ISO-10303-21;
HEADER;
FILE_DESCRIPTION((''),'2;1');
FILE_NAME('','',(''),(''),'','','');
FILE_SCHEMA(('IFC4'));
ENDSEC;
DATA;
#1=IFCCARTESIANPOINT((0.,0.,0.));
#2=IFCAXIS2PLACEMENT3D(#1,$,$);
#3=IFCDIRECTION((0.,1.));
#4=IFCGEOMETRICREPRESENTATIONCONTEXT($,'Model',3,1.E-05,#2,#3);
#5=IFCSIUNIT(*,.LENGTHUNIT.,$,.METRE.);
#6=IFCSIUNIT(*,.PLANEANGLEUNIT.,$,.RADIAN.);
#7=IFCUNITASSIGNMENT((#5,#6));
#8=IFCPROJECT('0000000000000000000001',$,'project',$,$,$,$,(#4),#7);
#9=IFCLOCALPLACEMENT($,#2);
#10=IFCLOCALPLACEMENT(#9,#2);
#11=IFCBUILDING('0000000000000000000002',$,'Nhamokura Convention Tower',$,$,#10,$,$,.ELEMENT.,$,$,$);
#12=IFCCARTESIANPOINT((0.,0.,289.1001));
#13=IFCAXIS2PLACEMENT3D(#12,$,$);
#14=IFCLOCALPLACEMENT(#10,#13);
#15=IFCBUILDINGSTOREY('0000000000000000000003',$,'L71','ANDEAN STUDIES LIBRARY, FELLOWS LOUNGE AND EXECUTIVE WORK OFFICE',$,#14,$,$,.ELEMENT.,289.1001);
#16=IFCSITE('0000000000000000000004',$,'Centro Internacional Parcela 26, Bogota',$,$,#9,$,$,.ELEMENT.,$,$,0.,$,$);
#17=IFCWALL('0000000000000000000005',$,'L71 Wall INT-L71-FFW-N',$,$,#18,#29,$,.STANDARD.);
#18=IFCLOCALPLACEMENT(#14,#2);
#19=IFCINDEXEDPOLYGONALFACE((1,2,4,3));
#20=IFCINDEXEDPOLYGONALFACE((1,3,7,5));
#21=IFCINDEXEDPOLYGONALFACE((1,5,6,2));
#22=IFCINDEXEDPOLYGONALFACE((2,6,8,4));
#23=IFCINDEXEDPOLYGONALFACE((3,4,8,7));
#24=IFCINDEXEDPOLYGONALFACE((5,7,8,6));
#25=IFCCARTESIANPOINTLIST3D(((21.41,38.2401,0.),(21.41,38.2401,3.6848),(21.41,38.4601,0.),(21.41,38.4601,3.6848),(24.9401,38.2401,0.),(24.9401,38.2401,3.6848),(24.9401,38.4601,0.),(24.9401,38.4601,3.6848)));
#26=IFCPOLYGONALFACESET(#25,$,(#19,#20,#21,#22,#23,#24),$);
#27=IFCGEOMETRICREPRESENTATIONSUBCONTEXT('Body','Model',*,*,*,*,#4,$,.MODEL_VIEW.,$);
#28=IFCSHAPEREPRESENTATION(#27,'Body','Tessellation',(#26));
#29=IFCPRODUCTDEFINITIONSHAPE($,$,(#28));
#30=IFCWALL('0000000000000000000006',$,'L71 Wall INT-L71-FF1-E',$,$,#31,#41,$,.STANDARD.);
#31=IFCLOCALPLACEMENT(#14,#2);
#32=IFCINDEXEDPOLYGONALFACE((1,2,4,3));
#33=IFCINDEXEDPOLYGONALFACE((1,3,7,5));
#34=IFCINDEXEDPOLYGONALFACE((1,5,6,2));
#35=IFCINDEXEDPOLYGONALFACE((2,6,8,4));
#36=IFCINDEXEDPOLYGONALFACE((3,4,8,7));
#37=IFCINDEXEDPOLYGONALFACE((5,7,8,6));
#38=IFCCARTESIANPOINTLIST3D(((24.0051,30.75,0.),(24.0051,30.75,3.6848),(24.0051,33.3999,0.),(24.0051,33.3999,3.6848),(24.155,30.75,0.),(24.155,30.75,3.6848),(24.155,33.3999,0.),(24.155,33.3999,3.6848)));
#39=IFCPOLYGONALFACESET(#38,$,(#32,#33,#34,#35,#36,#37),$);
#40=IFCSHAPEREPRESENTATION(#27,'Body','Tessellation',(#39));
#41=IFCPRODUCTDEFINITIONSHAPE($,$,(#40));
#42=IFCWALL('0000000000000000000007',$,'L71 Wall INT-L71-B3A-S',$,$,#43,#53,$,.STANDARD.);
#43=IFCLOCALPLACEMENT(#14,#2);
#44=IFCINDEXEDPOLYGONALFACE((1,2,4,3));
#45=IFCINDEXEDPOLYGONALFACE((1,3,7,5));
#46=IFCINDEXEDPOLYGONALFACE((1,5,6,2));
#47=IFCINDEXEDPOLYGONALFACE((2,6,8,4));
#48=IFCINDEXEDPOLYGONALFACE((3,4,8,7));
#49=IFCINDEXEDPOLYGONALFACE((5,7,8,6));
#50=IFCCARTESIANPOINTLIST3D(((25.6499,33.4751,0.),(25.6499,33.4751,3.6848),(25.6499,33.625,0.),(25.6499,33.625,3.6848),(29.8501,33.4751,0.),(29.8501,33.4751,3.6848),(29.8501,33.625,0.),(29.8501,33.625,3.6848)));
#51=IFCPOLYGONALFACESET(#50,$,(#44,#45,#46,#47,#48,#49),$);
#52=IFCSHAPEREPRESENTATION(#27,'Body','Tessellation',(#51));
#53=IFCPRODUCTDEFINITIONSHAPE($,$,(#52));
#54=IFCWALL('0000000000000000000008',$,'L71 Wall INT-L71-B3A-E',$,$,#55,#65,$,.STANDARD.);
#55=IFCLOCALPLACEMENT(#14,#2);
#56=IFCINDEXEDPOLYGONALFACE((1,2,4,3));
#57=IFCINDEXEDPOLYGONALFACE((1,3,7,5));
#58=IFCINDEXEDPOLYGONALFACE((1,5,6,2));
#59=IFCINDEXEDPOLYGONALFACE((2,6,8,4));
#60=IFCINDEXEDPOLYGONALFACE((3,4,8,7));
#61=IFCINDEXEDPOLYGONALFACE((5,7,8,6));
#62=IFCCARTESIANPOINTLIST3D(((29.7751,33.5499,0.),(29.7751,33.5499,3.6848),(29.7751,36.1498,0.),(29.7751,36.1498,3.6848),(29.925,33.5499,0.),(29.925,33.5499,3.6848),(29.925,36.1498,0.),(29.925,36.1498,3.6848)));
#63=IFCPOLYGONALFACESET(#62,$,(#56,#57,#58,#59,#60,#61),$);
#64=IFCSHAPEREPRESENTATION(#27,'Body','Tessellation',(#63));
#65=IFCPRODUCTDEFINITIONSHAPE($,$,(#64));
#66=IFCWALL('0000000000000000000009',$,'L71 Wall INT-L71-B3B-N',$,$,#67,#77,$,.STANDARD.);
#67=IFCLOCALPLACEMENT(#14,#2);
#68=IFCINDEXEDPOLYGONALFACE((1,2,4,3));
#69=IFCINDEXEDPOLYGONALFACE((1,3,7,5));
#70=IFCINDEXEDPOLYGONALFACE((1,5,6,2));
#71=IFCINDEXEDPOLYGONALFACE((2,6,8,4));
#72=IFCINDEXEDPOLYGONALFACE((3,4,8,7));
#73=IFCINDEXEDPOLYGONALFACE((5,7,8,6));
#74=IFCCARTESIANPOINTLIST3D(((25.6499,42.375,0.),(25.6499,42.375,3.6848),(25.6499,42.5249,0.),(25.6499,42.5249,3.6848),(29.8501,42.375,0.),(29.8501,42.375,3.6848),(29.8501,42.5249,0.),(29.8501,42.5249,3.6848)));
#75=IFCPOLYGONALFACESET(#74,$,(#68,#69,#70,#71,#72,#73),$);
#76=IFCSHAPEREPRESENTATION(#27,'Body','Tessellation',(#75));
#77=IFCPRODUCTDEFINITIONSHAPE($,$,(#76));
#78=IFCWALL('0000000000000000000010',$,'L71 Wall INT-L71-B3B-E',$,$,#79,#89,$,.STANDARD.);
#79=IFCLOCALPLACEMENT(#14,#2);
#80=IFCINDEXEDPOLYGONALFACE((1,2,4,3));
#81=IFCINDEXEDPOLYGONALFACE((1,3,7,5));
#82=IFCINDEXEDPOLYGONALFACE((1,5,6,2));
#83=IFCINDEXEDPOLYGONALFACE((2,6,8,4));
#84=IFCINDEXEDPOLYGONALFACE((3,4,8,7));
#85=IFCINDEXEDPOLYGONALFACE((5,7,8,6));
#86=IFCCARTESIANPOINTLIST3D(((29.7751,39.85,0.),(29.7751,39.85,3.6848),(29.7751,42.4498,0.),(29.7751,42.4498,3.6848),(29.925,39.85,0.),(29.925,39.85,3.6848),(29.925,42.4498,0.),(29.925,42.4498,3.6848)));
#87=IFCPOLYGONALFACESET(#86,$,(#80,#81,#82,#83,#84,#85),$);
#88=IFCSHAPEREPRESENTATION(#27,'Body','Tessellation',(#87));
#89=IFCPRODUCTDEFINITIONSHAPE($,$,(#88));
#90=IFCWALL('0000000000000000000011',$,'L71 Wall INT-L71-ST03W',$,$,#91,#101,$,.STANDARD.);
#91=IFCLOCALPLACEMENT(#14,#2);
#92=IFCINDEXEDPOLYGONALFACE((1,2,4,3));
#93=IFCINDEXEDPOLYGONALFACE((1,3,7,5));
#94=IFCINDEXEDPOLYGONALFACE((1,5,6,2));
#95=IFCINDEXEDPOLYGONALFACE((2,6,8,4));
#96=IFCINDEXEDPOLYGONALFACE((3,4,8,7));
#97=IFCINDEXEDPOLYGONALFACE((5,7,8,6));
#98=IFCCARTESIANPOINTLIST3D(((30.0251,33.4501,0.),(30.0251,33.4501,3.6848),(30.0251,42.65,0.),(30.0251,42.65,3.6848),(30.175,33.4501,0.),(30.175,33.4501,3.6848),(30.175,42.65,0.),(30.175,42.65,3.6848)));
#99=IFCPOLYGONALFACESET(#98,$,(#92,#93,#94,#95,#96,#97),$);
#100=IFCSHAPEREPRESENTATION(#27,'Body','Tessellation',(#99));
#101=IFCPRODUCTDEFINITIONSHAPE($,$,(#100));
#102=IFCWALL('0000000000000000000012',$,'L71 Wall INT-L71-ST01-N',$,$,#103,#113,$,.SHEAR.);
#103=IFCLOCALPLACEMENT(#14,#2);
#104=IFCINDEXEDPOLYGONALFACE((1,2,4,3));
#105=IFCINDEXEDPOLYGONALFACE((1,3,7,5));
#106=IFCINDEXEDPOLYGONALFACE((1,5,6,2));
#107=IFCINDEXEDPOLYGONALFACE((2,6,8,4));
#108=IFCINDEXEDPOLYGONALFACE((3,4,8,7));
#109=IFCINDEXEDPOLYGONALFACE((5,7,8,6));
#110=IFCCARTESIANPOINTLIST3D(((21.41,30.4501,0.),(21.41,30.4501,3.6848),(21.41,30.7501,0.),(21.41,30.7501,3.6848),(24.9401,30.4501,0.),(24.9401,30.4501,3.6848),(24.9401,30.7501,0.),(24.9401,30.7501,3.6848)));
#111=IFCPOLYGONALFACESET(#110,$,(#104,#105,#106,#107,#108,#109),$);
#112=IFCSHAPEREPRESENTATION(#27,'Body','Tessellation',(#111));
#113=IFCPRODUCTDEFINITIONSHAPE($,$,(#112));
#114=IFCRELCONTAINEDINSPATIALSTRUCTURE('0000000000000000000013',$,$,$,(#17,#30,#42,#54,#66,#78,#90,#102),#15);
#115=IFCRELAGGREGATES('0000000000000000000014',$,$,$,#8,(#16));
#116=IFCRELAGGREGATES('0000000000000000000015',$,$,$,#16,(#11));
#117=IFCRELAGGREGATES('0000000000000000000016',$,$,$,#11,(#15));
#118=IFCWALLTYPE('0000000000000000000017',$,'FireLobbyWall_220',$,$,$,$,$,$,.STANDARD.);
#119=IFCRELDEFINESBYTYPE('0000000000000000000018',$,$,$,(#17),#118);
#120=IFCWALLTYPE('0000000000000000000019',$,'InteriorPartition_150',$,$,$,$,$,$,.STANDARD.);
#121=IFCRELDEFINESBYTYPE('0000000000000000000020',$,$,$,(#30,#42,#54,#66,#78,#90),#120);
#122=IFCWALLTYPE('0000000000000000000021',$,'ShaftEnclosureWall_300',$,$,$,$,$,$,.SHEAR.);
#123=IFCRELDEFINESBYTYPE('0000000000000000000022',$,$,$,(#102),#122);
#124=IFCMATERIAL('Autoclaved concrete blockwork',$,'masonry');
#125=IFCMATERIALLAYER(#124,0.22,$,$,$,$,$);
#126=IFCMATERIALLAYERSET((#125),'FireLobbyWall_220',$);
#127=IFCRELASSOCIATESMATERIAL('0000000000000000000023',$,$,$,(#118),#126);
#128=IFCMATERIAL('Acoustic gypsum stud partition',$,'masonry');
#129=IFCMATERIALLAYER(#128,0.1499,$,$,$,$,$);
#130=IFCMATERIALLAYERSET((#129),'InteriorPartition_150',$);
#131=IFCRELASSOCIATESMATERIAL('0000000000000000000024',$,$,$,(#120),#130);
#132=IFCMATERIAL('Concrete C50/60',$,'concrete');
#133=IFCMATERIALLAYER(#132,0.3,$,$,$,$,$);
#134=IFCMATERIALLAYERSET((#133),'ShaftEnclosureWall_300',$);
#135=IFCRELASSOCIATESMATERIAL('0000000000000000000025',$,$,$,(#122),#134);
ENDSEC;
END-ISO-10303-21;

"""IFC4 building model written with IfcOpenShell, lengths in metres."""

from ifc_helpers import new_model, si_unit, direction, frame, frame_2d, origin, place, context, subcontext, project, spatial, rectangle, extrude, material, layer, layer_set, type_object, element, save


model = new_model("IFC4")

# Units and contexts
model_context = context("Model", 3, precision=1e-05, world=origin(), true_north=direction((0.0, 1.0)))
body_context = subcontext(model_context, "Body", "Model", "MODEL_VIEW")
ifc_project = project(units=[si_unit("LENGTHUNIT", "METRE"), si_unit("PLANEANGLEUNIT", "RADIAN")], contexts=[model_context])

# Site, building, storey
site_placement = place(None, origin())
site = spatial("IfcSite", under=ifc_project, at=site_placement, Name="Centro Internacional Parcela 26, Bogota", CompositionType="ELEMENT", RefElevation=0.0)
building_placement = place(site_placement, origin())
building = spatial("IfcBuilding", under=site, at=building_placement, Name="Nhamokura Convention Tower", CompositionType="ELEMENT")
storey_placement = place(building_placement, frame((0.0, 0.0, 289.1001)))
storey = spatial("IfcBuildingStorey", under=building, at=storey_placement, Name="L71", Description="ANDEAN STUDIES LIBRARY, FELLOWS LOUNGE AND EXECUTIVE WORK OFFICE", CompositionType="ELEMENT", Elevation=289.1001)

# Shared definitions
ifc_material_1 = material(Name="Autoclaved concrete blockwork", Category="masonry")
ifc_layer_1 = layer(ifc_material_1, 0.22)
ifc_layer_set_1 = layer_set([ifc_layer_1], Name="FireLobbyWall_220")
wall_type_1 = type_object("IfcWallType", Name="FireLobbyWall_220", PredefinedType="STANDARD", material=ifc_layer_set_1)

# Wall
wall_1_placement = place(storey_placement, frame((21.4099, 38.3501, 0.0), z_axis=(0.0, 0.0, 1.0), x_axis=(1.0, 0.0, 0.0)))
element("IfcWall", 1, at=wall_1_placement, inside=storey, type_object=wall_type_1, Name="L71 Wall INT-L71-FFW-N", PredefinedType="STANDARD", context=body_context, shape_type="SweptSolid", body=[
    extrude(rectangle(XDim=3.53, YDim=0.22, at=frame_2d((1.7651, 0.0))), origin(), (0.0, 0.0, 1.0), 3.6848),
])

# Walls
ifc_material_2 = material(Name="Acoustic gypsum stud partition", Category="masonry")
ifc_layer_2 = layer(ifc_material_2, 0.1499)
ifc_layer_set_2 = layer_set([ifc_layer_2], Name="InteriorPartition_150")
wall_type_2 = type_object("IfcWallType", Name="InteriorPartition_150", PredefinedType="STANDARD", material=ifc_layer_set_2)
wall_2_placement = place(storey_placement, frame((24.0801, 30.75, 0.0), z_axis=(0.0, 0.0, 1.0), x_axis=(0.0, 1.0, 0.0)))
element("IfcWall", 2, at=wall_2_placement, inside=storey, type_object=wall_type_2, Name="L71 Wall INT-L71-FF1-E", PredefinedType="STANDARD", context=body_context, shape_type="SweptSolid", body=[
    extrude(rectangle(XDim=2.6499, YDim=0.1499, at=frame_2d((1.325, 0.0))), origin(), (0.0, 0.0, 1.0), 3.6848),
])
wall_3_placement = place(storey_placement, frame((25.6499, 33.55, 0.0), z_axis=(0.0, 0.0, 1.0), x_axis=(1.0, 0.0, 0.0)))
element("IfcWall", 3, at=wall_3_placement, inside=storey, type_object=wall_type_2, Name="L71 Wall INT-L71-B3A-S", PredefinedType="STANDARD", context=body_context, shape_type="SweptSolid", body=[
    extrude(rectangle(XDim=4.2002, YDim=0.1499, at=frame_2d((2.1001, 0.0))), origin(), (0.0, 0.0, 1.0), 3.6848),
])
wall_4_placement = place(storey_placement, frame((29.8501, 33.55, 0.0), z_axis=(0.0, 0.0, 1.0), x_axis=(0.0, 1.0, 0.0)))
element("IfcWall", 4, at=wall_4_placement, inside=storey, type_object=wall_type_2, Name="L71 Wall INT-L71-B3A-E", PredefinedType="STANDARD", context=body_context, shape_type="SweptSolid", body=[
    extrude(rectangle(XDim=2.5999, YDim=0.1499, at=frame_2d((1.2998, 0.0))), origin(), (0.0, 0.0, 1.0), 3.6848),
])
wall_5_placement = place(storey_placement, frame((25.6499, 42.45, 0.0), z_axis=(0.0, 0.0, 1.0), x_axis=(1.0, 0.0, 0.0)))
element("IfcWall", 5, at=wall_5_placement, inside=storey, type_object=wall_type_2, Name="L71 Wall INT-L71-B3B-N", PredefinedType="STANDARD", context=body_context, shape_type="SweptSolid", body=[
    extrude(rectangle(XDim=4.2002, YDim=0.1499, at=frame_2d((2.1001, 0.0))), origin(), (0.0, 0.0, 1.0), 3.6848),
])
wall_6_placement = place(storey_placement, frame((29.8501, 39.8501, 0.0), z_axis=(0.0, 0.0, 1.0), x_axis=(0.0, 1.0, 0.0)))
element("IfcWall", 6, at=wall_6_placement, inside=storey, type_object=wall_type_2, Name="L71 Wall INT-L71-B3B-E", PredefinedType="STANDARD", context=body_context, shape_type="SweptSolid", body=[
    extrude(rectangle(XDim=2.5999, YDim=0.1499, at=frame_2d((1.2998, 0.0))), origin(), (0.0, 0.0, 1.0), 3.6848),
])
wall_7_placement = place(storey_placement, frame((30.1001, 33.45, 0.0), z_axis=(0.0, 0.0, 1.0), x_axis=(0.0, 1.0, 0.0)))
element("IfcWall", 7, at=wall_7_placement, inside=storey, type_object=wall_type_2, Name="L71 Wall INT-L71-ST03W", PredefinedType="STANDARD", context=body_context, shape_type="SweptSolid", body=[
    extrude(rectangle(XDim=9.2, YDim=0.1499, at=frame_2d((4.6001, 0.0))), origin(), (0.0, 0.0, 1.0), 3.6848),
])
ifc_material_3 = material(Name="Concrete C50/60", Category="concrete")
ifc_layer_3 = layer(ifc_material_3, 0.3)
ifc_layer_set_3 = layer_set([ifc_layer_3], Name="ShaftEnclosureWall_300")
wall_type_3 = type_object("IfcWallType", Name="ShaftEnclosureWall_300", PredefinedType="SHEAR", material=ifc_layer_set_3)
wall_8_placement = place(storey_placement, frame((21.4099, 30.6001, 0.0), z_axis=(0.0, 0.0, 1.0), x_axis=(1.0, 0.0, 0.0)))
element("IfcWall", 8, at=wall_8_placement, inside=storey, type_object=wall_type_3, Name="L71 Wall INT-L71-ST01-N", PredefinedType="SHEAR", context=body_context, shape_type="SweptSolid", body=[
    extrude(rectangle(XDim=3.53, YDim=0.3, at=frame_2d((1.7651, 0.0))), origin(), (0.0, 0.0, 1.0), 3.6848),
])

save(model, "model.ifc")
